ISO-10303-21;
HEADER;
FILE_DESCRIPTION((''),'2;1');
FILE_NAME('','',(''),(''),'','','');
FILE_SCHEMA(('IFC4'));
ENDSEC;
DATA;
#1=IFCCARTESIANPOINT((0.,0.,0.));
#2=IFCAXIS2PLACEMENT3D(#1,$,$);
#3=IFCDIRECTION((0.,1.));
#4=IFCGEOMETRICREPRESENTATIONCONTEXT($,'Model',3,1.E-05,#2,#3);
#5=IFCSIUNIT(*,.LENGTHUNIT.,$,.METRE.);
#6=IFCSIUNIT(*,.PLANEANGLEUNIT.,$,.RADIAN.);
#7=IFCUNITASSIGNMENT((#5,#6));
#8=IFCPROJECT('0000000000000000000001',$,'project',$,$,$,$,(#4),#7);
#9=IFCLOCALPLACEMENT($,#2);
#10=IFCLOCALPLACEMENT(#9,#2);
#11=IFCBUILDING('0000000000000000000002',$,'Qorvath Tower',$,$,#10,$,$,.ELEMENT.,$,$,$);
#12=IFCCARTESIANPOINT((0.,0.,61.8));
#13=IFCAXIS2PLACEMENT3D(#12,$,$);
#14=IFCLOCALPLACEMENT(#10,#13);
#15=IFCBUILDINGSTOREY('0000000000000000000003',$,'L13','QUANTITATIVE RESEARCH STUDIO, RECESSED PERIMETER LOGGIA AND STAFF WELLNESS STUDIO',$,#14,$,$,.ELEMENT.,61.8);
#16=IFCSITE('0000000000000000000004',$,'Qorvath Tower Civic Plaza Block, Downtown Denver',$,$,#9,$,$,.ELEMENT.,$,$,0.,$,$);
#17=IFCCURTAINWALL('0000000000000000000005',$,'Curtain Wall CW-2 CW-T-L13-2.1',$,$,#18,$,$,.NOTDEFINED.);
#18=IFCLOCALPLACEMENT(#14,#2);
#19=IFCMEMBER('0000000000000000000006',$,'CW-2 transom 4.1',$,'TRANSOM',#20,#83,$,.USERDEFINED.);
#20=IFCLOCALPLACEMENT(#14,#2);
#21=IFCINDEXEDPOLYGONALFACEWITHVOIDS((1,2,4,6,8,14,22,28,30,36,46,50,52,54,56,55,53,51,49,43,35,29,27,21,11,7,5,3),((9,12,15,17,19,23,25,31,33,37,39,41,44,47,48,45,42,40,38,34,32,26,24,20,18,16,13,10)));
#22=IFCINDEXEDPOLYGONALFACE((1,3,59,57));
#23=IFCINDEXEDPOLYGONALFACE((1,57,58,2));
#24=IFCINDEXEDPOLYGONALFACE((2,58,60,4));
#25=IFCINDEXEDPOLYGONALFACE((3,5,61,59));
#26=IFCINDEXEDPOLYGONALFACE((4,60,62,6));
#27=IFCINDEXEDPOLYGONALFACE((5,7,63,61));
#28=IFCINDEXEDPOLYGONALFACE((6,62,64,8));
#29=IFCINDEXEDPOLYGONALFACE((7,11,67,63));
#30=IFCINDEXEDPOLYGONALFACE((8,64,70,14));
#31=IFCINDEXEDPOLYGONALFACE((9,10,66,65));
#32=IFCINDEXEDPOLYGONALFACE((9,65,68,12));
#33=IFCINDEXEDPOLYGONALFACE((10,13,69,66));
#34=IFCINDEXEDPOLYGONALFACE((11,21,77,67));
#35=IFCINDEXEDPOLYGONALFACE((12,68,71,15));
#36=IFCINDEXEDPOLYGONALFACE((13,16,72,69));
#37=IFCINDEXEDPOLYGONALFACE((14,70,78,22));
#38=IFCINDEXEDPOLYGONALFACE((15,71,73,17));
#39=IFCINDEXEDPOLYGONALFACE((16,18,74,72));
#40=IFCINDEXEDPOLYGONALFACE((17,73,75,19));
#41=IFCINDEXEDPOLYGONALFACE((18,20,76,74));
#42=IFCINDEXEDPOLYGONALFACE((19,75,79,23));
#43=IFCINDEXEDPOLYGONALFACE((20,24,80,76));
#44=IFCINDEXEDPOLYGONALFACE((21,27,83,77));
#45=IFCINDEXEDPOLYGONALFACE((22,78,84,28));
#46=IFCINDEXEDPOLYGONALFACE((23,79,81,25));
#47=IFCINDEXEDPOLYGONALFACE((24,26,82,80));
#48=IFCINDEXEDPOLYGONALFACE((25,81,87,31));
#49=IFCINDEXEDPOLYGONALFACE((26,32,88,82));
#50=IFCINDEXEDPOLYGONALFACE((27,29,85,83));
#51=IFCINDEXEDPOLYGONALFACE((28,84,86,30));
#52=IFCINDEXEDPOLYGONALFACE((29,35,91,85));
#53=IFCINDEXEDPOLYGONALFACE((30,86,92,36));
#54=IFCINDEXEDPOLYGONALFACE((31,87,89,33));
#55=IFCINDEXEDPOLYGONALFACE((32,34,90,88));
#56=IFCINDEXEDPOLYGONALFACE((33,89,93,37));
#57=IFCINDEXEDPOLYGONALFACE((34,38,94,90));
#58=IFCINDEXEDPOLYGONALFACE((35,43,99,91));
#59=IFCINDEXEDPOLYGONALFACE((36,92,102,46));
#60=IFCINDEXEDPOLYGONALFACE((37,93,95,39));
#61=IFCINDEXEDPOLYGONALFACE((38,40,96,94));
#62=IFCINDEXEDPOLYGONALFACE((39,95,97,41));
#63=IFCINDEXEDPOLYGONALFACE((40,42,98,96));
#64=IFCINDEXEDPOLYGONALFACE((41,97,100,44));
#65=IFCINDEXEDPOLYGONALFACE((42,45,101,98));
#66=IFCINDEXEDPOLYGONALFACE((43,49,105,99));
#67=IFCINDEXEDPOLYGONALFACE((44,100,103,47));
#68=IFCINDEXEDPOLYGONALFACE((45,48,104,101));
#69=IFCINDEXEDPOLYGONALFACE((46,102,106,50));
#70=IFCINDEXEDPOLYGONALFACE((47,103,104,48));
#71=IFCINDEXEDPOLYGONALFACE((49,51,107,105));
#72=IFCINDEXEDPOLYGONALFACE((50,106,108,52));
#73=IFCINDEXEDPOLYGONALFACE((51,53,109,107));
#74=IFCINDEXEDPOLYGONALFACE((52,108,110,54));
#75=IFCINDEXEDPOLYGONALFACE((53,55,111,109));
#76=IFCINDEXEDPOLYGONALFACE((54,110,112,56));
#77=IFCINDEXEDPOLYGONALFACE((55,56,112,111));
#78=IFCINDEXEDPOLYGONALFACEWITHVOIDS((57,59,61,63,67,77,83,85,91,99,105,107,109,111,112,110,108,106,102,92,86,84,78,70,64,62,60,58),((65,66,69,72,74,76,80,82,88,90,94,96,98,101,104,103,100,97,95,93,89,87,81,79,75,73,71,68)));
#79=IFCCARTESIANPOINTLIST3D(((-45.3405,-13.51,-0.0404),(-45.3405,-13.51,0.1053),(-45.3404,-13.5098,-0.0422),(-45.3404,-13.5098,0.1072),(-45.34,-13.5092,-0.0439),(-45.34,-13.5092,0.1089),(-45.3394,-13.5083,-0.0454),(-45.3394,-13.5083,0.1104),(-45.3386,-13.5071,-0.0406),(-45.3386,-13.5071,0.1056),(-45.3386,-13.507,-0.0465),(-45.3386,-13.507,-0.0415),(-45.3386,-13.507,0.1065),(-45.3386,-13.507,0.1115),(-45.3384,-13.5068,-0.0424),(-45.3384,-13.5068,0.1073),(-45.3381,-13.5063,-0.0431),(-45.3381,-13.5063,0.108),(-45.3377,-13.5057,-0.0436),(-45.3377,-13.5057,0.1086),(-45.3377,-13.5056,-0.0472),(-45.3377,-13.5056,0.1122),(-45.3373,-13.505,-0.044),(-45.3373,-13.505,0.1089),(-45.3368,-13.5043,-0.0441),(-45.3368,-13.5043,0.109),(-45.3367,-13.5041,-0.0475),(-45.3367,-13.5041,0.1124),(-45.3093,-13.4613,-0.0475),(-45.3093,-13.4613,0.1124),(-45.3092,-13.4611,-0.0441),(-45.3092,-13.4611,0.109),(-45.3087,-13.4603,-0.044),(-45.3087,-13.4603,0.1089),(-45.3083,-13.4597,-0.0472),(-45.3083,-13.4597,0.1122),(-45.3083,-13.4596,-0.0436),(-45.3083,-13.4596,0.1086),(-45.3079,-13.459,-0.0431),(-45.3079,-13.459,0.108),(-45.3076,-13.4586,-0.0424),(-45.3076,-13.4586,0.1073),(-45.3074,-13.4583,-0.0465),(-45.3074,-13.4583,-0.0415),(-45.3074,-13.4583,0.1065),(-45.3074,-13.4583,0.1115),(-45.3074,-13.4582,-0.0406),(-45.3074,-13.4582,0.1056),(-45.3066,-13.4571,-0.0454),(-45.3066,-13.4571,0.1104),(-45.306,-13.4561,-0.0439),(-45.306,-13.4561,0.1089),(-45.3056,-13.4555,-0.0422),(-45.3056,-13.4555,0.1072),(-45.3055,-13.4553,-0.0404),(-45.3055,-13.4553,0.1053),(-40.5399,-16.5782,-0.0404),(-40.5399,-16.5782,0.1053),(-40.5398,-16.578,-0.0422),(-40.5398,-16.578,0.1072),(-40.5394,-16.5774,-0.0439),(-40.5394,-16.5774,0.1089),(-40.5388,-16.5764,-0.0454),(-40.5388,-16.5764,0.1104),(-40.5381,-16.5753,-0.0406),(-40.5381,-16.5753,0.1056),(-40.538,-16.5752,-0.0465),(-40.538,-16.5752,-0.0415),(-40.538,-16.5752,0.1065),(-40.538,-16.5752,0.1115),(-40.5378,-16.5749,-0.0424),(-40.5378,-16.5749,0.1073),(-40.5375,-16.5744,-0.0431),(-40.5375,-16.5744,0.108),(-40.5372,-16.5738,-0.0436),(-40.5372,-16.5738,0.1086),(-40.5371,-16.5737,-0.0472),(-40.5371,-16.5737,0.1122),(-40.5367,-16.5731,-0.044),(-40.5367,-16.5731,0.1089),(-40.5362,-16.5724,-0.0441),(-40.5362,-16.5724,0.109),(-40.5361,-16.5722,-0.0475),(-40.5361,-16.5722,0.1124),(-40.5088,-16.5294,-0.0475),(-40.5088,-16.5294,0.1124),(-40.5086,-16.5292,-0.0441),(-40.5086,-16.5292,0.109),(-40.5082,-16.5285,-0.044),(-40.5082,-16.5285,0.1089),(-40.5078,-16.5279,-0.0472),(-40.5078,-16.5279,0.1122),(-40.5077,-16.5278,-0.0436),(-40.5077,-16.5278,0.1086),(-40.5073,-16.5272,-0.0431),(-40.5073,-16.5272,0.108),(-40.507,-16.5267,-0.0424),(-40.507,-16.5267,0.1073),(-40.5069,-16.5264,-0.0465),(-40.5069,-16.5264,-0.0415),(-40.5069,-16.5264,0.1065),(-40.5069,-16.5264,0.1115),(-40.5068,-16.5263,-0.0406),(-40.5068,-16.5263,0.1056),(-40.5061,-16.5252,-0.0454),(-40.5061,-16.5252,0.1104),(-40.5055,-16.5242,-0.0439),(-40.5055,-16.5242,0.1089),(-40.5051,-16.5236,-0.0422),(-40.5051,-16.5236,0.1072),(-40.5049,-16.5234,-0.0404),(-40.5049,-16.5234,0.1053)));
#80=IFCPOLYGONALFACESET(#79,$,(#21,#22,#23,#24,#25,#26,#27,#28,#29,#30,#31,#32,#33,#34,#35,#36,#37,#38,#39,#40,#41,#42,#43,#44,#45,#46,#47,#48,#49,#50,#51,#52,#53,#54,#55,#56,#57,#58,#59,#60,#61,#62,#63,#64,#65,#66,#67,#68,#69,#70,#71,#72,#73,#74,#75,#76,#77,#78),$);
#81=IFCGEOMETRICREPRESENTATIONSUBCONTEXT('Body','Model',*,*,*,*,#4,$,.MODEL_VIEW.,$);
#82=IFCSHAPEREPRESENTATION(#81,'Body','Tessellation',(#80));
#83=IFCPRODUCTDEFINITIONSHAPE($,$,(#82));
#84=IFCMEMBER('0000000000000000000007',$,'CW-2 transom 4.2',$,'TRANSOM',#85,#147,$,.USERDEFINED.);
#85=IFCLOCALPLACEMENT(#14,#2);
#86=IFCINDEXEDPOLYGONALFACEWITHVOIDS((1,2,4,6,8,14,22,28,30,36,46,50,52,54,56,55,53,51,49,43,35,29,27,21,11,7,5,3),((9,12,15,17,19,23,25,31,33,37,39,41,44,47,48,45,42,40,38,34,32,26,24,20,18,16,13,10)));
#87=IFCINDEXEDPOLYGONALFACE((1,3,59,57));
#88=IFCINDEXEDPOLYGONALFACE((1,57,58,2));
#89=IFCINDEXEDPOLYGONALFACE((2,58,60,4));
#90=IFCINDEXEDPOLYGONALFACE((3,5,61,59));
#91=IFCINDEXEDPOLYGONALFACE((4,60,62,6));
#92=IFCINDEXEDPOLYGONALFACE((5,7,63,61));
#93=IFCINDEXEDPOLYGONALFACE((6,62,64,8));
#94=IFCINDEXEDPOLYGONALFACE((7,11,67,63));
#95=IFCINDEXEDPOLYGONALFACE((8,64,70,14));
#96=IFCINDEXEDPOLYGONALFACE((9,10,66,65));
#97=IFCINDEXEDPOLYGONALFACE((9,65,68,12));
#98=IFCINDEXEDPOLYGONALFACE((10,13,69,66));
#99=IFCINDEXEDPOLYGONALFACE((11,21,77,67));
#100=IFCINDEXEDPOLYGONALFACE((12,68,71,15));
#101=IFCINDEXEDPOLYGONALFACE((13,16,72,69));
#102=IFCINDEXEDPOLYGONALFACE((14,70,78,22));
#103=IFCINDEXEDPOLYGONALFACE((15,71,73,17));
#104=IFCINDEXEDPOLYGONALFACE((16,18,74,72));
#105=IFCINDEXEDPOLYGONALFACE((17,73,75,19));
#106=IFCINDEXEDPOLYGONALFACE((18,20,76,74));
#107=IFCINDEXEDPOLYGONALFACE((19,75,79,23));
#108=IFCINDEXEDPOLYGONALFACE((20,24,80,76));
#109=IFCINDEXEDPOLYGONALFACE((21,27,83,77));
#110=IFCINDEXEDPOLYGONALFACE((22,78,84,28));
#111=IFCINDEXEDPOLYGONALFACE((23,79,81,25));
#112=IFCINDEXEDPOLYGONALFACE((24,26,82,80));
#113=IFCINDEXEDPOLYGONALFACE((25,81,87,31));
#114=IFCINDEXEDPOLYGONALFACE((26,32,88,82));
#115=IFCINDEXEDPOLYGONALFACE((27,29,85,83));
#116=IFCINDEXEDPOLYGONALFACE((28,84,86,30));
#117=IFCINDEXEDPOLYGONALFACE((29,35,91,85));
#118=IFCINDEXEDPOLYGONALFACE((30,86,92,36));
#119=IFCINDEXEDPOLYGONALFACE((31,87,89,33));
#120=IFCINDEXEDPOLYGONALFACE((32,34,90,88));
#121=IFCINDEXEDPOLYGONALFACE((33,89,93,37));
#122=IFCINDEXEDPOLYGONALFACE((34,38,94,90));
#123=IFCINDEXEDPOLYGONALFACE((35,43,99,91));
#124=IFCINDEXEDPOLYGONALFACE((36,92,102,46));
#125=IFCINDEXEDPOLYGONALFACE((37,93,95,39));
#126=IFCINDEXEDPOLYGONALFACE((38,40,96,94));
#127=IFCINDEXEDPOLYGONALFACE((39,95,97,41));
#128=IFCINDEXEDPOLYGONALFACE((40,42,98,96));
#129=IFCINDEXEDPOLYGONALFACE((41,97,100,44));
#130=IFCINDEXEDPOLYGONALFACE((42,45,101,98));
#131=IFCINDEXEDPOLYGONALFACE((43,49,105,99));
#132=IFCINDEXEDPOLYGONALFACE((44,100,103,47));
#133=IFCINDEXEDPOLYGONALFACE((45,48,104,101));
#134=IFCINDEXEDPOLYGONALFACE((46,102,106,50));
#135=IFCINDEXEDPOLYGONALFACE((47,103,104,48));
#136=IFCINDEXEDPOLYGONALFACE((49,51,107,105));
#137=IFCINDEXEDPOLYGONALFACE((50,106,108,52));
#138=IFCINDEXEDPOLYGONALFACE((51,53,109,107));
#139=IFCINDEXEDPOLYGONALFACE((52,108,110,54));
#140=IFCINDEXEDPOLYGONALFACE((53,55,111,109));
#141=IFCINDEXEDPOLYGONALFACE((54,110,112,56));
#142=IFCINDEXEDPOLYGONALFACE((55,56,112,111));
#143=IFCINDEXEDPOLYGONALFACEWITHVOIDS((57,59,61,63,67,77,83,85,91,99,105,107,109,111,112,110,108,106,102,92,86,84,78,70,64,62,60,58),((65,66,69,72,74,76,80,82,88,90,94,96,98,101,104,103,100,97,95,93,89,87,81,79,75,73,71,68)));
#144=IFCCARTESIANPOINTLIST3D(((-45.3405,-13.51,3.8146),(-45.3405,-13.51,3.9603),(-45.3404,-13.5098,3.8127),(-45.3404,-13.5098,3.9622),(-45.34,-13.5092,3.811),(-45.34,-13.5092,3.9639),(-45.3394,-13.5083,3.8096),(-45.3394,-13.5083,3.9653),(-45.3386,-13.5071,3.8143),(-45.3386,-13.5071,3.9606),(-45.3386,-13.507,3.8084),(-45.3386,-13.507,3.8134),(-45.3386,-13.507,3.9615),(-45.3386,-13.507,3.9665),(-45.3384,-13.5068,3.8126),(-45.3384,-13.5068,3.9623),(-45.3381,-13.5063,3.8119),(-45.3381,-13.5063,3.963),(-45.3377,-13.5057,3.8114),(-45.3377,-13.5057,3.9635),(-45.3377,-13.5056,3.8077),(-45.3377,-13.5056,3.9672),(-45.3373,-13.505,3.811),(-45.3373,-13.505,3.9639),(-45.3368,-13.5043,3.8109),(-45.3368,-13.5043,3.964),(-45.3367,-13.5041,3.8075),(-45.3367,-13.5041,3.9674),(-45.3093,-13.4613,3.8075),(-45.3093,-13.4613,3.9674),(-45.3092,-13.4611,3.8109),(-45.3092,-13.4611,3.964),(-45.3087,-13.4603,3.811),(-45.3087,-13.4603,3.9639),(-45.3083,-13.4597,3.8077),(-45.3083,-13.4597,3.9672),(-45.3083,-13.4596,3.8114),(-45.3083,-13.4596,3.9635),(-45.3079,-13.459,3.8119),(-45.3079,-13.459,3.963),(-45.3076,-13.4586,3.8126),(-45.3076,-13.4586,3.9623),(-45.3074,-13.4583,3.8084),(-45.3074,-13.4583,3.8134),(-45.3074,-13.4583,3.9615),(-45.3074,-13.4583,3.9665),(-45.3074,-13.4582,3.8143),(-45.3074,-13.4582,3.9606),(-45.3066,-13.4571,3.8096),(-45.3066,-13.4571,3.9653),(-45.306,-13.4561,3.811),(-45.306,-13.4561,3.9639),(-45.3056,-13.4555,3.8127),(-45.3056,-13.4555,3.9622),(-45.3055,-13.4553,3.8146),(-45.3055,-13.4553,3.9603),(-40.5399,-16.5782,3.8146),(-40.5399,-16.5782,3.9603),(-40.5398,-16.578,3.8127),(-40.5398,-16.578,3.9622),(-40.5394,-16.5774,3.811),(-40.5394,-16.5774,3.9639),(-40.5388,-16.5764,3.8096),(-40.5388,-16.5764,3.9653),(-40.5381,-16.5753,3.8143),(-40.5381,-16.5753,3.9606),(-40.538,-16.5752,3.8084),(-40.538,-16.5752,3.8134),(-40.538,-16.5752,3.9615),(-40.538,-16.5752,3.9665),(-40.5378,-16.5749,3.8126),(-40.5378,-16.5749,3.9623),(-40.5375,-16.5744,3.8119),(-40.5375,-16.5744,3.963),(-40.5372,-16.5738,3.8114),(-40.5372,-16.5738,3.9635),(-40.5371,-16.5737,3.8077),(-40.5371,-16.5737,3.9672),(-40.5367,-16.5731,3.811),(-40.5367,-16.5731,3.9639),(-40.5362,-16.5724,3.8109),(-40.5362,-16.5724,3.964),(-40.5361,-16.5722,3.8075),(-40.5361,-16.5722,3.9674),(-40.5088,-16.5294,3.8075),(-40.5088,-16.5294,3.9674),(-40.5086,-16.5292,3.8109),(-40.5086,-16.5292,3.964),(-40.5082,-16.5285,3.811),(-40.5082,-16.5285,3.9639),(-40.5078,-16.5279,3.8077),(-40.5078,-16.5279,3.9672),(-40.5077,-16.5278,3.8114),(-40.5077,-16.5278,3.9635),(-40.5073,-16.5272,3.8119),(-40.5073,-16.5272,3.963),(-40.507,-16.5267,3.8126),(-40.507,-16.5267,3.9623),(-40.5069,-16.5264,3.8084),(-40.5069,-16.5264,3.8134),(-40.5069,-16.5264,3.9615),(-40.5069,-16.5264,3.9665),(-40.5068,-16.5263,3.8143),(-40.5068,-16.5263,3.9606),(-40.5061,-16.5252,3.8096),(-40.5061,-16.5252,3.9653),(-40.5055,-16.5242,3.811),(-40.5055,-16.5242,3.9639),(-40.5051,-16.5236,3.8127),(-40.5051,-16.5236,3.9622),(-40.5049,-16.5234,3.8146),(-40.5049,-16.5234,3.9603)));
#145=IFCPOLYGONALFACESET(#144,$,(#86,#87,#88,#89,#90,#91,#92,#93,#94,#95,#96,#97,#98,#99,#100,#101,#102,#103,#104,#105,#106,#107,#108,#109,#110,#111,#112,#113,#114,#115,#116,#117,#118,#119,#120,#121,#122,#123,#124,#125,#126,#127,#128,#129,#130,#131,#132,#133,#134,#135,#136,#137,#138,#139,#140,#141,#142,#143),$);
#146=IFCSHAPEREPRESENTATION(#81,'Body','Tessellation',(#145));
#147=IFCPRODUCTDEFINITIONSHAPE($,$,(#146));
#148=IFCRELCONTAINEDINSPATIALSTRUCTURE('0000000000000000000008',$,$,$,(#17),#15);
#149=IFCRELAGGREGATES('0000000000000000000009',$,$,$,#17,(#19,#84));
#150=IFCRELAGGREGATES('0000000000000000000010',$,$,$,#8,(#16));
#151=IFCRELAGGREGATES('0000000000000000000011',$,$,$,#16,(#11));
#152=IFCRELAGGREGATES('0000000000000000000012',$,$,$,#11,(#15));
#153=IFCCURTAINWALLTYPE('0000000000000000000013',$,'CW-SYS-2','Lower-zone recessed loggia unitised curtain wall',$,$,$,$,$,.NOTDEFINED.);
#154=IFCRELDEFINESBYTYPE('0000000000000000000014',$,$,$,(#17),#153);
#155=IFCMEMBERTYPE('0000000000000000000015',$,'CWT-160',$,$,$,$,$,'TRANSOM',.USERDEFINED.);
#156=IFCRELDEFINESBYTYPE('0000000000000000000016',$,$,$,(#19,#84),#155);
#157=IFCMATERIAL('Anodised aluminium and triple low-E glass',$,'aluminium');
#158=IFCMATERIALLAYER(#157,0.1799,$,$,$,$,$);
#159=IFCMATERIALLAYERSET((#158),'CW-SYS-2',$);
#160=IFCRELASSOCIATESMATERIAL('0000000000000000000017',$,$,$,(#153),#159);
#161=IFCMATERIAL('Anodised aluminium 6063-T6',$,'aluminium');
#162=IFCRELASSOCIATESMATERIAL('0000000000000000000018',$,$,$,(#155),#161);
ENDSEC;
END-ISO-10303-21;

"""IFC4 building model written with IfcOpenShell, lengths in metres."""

from ifc_helpers import new_model, si_unit, direction, frame, origin, origin_2d, place, context, subcontext, project, spatial, hollow_rectangle, extrude, material, layer, layer_set, material_profile, profile_set, type_object, element, aggregate, save


model = new_model("IFC4")

# Units and contexts
model_context = context("Model", 3, precision=1e-05, world=origin(), true_north=direction((0.0, 1.0)))
body_context = subcontext(model_context, "Body", "Model", "MODEL_VIEW")
ifc_project = project(units=[si_unit("LENGTHUNIT", "METRE"), si_unit("PLANEANGLEUNIT", "RADIAN")], contexts=[model_context])

# Site, building, storey
site_placement = place(None, origin())
site = spatial("IfcSite", under=ifc_project, at=site_placement, Name="Qorvath Tower Civic Plaza Block, Downtown Denver", CompositionType="ELEMENT", RefElevation=0.0)
building_placement = place(site_placement, origin())
building = spatial("IfcBuilding", under=site, at=building_placement, Name="Qorvath Tower", CompositionType="ELEMENT")
storey_placement = place(building_placement, frame((0.0, 0.0, 61.8)))
storey = spatial("IfcBuildingStorey", under=building, at=storey_placement, Name="L13", Description="QUANTITATIVE RESEARCH STUDIO, RECESSED PERIMETER LOGGIA AND STAFF WELLNESS STUDIO", CompositionType="ELEMENT", Elevation=61.8)

# Curtain wall, members
ifc_material_1 = material(Name="Anodised aluminium and triple low-E glass", Category="aluminium")
ifc_layer_1 = layer(ifc_material_1, 0.1799)
ifc_layer_set_1 = layer_set([ifc_layer_1], Name="CW-SYS-2")
curtain_wall_type = type_object("IfcCurtainWallType", Name="CW-SYS-2", Description="Lower-zone recessed loggia unitised curtain wall", PredefinedType="NOTDEFINED", material=ifc_layer_set_1)
curtain_wall_placement = place(storey_placement, origin())
curtain_wall = element("IfcCurtainWall", 1, at=curtain_wall_placement, inside=storey, type_object=curtain_wall_type, Name="Curtain Wall CW-2 CW-T-L13-2.1", PredefinedType="NOTDEFINED")
ifc_material_2 = material(Name="Anodised aluminium 6063-T6", Category="aluminium")
ifc_material_profile_1 = material_profile(ifc_material_2, hollow_rectangle(XDim=0.0649, YDim=0.1599, WallThickness=0.0034, InnerFilletRadius=0.0034, OuterFilletRadius=0.0071, at=origin_2d()), Name="CWT 160x65")
ifc_profile_set_1 = profile_set([ifc_material_profile_1], Name="Anodised aluminium 6063-T6")
member_type_1 = type_object("IfcMemberType", Name="CWT-160", ElementType="TRANSOM", PredefinedType="USERDEFINED", material=ifc_profile_set_1)
member_1_placement = place(storey_placement, frame((-45.323, -13.4827, 0.0325), z_axis=(0.842608, -0.538527, 0.0), x_axis=(0.538527, 0.842608, 0.0)))
member_1 = element("IfcMember", 2, at=member_1_placement, type_object=member_type_1, Name="CW-2 transom 4.1", ObjectType="TRANSOM", PredefinedType="USERDEFINED", context=body_context, shape_type="SweptSolid", body=[
    extrude(hollow_rectangle(XDim=0.0649, YDim=0.1599, WallThickness=0.0034, InnerFilletRadius=0.0034, OuterFilletRadius=0.0071, at=origin_2d()), origin(), (0.0, 0.0, 1.0), 5.6973),
])
member_2_placement = place(storey_placement, frame((-45.323, -13.4827, 3.8875), z_axis=(0.842608, -0.538527, 0.0), x_axis=(0.538527, 0.842608, 0.0)))
member_2 = element("IfcMember", 3, at=member_2_placement, type_object=member_type_1, Name="CW-2 transom 4.2", ObjectType="TRANSOM", PredefinedType="USERDEFINED", context=body_context, shape_type="SweptSolid", body=[
    extrude(hollow_rectangle(XDim=0.0649, YDim=0.1599, WallThickness=0.0034, InnerFilletRadius=0.0034, OuterFilletRadius=0.0071, at=origin_2d()), origin(), (0.0, 0.0, 1.0), 5.6973),
])

aggregate(curtain_wall, [member_1, member_2])

save(model, "model.ifc")
